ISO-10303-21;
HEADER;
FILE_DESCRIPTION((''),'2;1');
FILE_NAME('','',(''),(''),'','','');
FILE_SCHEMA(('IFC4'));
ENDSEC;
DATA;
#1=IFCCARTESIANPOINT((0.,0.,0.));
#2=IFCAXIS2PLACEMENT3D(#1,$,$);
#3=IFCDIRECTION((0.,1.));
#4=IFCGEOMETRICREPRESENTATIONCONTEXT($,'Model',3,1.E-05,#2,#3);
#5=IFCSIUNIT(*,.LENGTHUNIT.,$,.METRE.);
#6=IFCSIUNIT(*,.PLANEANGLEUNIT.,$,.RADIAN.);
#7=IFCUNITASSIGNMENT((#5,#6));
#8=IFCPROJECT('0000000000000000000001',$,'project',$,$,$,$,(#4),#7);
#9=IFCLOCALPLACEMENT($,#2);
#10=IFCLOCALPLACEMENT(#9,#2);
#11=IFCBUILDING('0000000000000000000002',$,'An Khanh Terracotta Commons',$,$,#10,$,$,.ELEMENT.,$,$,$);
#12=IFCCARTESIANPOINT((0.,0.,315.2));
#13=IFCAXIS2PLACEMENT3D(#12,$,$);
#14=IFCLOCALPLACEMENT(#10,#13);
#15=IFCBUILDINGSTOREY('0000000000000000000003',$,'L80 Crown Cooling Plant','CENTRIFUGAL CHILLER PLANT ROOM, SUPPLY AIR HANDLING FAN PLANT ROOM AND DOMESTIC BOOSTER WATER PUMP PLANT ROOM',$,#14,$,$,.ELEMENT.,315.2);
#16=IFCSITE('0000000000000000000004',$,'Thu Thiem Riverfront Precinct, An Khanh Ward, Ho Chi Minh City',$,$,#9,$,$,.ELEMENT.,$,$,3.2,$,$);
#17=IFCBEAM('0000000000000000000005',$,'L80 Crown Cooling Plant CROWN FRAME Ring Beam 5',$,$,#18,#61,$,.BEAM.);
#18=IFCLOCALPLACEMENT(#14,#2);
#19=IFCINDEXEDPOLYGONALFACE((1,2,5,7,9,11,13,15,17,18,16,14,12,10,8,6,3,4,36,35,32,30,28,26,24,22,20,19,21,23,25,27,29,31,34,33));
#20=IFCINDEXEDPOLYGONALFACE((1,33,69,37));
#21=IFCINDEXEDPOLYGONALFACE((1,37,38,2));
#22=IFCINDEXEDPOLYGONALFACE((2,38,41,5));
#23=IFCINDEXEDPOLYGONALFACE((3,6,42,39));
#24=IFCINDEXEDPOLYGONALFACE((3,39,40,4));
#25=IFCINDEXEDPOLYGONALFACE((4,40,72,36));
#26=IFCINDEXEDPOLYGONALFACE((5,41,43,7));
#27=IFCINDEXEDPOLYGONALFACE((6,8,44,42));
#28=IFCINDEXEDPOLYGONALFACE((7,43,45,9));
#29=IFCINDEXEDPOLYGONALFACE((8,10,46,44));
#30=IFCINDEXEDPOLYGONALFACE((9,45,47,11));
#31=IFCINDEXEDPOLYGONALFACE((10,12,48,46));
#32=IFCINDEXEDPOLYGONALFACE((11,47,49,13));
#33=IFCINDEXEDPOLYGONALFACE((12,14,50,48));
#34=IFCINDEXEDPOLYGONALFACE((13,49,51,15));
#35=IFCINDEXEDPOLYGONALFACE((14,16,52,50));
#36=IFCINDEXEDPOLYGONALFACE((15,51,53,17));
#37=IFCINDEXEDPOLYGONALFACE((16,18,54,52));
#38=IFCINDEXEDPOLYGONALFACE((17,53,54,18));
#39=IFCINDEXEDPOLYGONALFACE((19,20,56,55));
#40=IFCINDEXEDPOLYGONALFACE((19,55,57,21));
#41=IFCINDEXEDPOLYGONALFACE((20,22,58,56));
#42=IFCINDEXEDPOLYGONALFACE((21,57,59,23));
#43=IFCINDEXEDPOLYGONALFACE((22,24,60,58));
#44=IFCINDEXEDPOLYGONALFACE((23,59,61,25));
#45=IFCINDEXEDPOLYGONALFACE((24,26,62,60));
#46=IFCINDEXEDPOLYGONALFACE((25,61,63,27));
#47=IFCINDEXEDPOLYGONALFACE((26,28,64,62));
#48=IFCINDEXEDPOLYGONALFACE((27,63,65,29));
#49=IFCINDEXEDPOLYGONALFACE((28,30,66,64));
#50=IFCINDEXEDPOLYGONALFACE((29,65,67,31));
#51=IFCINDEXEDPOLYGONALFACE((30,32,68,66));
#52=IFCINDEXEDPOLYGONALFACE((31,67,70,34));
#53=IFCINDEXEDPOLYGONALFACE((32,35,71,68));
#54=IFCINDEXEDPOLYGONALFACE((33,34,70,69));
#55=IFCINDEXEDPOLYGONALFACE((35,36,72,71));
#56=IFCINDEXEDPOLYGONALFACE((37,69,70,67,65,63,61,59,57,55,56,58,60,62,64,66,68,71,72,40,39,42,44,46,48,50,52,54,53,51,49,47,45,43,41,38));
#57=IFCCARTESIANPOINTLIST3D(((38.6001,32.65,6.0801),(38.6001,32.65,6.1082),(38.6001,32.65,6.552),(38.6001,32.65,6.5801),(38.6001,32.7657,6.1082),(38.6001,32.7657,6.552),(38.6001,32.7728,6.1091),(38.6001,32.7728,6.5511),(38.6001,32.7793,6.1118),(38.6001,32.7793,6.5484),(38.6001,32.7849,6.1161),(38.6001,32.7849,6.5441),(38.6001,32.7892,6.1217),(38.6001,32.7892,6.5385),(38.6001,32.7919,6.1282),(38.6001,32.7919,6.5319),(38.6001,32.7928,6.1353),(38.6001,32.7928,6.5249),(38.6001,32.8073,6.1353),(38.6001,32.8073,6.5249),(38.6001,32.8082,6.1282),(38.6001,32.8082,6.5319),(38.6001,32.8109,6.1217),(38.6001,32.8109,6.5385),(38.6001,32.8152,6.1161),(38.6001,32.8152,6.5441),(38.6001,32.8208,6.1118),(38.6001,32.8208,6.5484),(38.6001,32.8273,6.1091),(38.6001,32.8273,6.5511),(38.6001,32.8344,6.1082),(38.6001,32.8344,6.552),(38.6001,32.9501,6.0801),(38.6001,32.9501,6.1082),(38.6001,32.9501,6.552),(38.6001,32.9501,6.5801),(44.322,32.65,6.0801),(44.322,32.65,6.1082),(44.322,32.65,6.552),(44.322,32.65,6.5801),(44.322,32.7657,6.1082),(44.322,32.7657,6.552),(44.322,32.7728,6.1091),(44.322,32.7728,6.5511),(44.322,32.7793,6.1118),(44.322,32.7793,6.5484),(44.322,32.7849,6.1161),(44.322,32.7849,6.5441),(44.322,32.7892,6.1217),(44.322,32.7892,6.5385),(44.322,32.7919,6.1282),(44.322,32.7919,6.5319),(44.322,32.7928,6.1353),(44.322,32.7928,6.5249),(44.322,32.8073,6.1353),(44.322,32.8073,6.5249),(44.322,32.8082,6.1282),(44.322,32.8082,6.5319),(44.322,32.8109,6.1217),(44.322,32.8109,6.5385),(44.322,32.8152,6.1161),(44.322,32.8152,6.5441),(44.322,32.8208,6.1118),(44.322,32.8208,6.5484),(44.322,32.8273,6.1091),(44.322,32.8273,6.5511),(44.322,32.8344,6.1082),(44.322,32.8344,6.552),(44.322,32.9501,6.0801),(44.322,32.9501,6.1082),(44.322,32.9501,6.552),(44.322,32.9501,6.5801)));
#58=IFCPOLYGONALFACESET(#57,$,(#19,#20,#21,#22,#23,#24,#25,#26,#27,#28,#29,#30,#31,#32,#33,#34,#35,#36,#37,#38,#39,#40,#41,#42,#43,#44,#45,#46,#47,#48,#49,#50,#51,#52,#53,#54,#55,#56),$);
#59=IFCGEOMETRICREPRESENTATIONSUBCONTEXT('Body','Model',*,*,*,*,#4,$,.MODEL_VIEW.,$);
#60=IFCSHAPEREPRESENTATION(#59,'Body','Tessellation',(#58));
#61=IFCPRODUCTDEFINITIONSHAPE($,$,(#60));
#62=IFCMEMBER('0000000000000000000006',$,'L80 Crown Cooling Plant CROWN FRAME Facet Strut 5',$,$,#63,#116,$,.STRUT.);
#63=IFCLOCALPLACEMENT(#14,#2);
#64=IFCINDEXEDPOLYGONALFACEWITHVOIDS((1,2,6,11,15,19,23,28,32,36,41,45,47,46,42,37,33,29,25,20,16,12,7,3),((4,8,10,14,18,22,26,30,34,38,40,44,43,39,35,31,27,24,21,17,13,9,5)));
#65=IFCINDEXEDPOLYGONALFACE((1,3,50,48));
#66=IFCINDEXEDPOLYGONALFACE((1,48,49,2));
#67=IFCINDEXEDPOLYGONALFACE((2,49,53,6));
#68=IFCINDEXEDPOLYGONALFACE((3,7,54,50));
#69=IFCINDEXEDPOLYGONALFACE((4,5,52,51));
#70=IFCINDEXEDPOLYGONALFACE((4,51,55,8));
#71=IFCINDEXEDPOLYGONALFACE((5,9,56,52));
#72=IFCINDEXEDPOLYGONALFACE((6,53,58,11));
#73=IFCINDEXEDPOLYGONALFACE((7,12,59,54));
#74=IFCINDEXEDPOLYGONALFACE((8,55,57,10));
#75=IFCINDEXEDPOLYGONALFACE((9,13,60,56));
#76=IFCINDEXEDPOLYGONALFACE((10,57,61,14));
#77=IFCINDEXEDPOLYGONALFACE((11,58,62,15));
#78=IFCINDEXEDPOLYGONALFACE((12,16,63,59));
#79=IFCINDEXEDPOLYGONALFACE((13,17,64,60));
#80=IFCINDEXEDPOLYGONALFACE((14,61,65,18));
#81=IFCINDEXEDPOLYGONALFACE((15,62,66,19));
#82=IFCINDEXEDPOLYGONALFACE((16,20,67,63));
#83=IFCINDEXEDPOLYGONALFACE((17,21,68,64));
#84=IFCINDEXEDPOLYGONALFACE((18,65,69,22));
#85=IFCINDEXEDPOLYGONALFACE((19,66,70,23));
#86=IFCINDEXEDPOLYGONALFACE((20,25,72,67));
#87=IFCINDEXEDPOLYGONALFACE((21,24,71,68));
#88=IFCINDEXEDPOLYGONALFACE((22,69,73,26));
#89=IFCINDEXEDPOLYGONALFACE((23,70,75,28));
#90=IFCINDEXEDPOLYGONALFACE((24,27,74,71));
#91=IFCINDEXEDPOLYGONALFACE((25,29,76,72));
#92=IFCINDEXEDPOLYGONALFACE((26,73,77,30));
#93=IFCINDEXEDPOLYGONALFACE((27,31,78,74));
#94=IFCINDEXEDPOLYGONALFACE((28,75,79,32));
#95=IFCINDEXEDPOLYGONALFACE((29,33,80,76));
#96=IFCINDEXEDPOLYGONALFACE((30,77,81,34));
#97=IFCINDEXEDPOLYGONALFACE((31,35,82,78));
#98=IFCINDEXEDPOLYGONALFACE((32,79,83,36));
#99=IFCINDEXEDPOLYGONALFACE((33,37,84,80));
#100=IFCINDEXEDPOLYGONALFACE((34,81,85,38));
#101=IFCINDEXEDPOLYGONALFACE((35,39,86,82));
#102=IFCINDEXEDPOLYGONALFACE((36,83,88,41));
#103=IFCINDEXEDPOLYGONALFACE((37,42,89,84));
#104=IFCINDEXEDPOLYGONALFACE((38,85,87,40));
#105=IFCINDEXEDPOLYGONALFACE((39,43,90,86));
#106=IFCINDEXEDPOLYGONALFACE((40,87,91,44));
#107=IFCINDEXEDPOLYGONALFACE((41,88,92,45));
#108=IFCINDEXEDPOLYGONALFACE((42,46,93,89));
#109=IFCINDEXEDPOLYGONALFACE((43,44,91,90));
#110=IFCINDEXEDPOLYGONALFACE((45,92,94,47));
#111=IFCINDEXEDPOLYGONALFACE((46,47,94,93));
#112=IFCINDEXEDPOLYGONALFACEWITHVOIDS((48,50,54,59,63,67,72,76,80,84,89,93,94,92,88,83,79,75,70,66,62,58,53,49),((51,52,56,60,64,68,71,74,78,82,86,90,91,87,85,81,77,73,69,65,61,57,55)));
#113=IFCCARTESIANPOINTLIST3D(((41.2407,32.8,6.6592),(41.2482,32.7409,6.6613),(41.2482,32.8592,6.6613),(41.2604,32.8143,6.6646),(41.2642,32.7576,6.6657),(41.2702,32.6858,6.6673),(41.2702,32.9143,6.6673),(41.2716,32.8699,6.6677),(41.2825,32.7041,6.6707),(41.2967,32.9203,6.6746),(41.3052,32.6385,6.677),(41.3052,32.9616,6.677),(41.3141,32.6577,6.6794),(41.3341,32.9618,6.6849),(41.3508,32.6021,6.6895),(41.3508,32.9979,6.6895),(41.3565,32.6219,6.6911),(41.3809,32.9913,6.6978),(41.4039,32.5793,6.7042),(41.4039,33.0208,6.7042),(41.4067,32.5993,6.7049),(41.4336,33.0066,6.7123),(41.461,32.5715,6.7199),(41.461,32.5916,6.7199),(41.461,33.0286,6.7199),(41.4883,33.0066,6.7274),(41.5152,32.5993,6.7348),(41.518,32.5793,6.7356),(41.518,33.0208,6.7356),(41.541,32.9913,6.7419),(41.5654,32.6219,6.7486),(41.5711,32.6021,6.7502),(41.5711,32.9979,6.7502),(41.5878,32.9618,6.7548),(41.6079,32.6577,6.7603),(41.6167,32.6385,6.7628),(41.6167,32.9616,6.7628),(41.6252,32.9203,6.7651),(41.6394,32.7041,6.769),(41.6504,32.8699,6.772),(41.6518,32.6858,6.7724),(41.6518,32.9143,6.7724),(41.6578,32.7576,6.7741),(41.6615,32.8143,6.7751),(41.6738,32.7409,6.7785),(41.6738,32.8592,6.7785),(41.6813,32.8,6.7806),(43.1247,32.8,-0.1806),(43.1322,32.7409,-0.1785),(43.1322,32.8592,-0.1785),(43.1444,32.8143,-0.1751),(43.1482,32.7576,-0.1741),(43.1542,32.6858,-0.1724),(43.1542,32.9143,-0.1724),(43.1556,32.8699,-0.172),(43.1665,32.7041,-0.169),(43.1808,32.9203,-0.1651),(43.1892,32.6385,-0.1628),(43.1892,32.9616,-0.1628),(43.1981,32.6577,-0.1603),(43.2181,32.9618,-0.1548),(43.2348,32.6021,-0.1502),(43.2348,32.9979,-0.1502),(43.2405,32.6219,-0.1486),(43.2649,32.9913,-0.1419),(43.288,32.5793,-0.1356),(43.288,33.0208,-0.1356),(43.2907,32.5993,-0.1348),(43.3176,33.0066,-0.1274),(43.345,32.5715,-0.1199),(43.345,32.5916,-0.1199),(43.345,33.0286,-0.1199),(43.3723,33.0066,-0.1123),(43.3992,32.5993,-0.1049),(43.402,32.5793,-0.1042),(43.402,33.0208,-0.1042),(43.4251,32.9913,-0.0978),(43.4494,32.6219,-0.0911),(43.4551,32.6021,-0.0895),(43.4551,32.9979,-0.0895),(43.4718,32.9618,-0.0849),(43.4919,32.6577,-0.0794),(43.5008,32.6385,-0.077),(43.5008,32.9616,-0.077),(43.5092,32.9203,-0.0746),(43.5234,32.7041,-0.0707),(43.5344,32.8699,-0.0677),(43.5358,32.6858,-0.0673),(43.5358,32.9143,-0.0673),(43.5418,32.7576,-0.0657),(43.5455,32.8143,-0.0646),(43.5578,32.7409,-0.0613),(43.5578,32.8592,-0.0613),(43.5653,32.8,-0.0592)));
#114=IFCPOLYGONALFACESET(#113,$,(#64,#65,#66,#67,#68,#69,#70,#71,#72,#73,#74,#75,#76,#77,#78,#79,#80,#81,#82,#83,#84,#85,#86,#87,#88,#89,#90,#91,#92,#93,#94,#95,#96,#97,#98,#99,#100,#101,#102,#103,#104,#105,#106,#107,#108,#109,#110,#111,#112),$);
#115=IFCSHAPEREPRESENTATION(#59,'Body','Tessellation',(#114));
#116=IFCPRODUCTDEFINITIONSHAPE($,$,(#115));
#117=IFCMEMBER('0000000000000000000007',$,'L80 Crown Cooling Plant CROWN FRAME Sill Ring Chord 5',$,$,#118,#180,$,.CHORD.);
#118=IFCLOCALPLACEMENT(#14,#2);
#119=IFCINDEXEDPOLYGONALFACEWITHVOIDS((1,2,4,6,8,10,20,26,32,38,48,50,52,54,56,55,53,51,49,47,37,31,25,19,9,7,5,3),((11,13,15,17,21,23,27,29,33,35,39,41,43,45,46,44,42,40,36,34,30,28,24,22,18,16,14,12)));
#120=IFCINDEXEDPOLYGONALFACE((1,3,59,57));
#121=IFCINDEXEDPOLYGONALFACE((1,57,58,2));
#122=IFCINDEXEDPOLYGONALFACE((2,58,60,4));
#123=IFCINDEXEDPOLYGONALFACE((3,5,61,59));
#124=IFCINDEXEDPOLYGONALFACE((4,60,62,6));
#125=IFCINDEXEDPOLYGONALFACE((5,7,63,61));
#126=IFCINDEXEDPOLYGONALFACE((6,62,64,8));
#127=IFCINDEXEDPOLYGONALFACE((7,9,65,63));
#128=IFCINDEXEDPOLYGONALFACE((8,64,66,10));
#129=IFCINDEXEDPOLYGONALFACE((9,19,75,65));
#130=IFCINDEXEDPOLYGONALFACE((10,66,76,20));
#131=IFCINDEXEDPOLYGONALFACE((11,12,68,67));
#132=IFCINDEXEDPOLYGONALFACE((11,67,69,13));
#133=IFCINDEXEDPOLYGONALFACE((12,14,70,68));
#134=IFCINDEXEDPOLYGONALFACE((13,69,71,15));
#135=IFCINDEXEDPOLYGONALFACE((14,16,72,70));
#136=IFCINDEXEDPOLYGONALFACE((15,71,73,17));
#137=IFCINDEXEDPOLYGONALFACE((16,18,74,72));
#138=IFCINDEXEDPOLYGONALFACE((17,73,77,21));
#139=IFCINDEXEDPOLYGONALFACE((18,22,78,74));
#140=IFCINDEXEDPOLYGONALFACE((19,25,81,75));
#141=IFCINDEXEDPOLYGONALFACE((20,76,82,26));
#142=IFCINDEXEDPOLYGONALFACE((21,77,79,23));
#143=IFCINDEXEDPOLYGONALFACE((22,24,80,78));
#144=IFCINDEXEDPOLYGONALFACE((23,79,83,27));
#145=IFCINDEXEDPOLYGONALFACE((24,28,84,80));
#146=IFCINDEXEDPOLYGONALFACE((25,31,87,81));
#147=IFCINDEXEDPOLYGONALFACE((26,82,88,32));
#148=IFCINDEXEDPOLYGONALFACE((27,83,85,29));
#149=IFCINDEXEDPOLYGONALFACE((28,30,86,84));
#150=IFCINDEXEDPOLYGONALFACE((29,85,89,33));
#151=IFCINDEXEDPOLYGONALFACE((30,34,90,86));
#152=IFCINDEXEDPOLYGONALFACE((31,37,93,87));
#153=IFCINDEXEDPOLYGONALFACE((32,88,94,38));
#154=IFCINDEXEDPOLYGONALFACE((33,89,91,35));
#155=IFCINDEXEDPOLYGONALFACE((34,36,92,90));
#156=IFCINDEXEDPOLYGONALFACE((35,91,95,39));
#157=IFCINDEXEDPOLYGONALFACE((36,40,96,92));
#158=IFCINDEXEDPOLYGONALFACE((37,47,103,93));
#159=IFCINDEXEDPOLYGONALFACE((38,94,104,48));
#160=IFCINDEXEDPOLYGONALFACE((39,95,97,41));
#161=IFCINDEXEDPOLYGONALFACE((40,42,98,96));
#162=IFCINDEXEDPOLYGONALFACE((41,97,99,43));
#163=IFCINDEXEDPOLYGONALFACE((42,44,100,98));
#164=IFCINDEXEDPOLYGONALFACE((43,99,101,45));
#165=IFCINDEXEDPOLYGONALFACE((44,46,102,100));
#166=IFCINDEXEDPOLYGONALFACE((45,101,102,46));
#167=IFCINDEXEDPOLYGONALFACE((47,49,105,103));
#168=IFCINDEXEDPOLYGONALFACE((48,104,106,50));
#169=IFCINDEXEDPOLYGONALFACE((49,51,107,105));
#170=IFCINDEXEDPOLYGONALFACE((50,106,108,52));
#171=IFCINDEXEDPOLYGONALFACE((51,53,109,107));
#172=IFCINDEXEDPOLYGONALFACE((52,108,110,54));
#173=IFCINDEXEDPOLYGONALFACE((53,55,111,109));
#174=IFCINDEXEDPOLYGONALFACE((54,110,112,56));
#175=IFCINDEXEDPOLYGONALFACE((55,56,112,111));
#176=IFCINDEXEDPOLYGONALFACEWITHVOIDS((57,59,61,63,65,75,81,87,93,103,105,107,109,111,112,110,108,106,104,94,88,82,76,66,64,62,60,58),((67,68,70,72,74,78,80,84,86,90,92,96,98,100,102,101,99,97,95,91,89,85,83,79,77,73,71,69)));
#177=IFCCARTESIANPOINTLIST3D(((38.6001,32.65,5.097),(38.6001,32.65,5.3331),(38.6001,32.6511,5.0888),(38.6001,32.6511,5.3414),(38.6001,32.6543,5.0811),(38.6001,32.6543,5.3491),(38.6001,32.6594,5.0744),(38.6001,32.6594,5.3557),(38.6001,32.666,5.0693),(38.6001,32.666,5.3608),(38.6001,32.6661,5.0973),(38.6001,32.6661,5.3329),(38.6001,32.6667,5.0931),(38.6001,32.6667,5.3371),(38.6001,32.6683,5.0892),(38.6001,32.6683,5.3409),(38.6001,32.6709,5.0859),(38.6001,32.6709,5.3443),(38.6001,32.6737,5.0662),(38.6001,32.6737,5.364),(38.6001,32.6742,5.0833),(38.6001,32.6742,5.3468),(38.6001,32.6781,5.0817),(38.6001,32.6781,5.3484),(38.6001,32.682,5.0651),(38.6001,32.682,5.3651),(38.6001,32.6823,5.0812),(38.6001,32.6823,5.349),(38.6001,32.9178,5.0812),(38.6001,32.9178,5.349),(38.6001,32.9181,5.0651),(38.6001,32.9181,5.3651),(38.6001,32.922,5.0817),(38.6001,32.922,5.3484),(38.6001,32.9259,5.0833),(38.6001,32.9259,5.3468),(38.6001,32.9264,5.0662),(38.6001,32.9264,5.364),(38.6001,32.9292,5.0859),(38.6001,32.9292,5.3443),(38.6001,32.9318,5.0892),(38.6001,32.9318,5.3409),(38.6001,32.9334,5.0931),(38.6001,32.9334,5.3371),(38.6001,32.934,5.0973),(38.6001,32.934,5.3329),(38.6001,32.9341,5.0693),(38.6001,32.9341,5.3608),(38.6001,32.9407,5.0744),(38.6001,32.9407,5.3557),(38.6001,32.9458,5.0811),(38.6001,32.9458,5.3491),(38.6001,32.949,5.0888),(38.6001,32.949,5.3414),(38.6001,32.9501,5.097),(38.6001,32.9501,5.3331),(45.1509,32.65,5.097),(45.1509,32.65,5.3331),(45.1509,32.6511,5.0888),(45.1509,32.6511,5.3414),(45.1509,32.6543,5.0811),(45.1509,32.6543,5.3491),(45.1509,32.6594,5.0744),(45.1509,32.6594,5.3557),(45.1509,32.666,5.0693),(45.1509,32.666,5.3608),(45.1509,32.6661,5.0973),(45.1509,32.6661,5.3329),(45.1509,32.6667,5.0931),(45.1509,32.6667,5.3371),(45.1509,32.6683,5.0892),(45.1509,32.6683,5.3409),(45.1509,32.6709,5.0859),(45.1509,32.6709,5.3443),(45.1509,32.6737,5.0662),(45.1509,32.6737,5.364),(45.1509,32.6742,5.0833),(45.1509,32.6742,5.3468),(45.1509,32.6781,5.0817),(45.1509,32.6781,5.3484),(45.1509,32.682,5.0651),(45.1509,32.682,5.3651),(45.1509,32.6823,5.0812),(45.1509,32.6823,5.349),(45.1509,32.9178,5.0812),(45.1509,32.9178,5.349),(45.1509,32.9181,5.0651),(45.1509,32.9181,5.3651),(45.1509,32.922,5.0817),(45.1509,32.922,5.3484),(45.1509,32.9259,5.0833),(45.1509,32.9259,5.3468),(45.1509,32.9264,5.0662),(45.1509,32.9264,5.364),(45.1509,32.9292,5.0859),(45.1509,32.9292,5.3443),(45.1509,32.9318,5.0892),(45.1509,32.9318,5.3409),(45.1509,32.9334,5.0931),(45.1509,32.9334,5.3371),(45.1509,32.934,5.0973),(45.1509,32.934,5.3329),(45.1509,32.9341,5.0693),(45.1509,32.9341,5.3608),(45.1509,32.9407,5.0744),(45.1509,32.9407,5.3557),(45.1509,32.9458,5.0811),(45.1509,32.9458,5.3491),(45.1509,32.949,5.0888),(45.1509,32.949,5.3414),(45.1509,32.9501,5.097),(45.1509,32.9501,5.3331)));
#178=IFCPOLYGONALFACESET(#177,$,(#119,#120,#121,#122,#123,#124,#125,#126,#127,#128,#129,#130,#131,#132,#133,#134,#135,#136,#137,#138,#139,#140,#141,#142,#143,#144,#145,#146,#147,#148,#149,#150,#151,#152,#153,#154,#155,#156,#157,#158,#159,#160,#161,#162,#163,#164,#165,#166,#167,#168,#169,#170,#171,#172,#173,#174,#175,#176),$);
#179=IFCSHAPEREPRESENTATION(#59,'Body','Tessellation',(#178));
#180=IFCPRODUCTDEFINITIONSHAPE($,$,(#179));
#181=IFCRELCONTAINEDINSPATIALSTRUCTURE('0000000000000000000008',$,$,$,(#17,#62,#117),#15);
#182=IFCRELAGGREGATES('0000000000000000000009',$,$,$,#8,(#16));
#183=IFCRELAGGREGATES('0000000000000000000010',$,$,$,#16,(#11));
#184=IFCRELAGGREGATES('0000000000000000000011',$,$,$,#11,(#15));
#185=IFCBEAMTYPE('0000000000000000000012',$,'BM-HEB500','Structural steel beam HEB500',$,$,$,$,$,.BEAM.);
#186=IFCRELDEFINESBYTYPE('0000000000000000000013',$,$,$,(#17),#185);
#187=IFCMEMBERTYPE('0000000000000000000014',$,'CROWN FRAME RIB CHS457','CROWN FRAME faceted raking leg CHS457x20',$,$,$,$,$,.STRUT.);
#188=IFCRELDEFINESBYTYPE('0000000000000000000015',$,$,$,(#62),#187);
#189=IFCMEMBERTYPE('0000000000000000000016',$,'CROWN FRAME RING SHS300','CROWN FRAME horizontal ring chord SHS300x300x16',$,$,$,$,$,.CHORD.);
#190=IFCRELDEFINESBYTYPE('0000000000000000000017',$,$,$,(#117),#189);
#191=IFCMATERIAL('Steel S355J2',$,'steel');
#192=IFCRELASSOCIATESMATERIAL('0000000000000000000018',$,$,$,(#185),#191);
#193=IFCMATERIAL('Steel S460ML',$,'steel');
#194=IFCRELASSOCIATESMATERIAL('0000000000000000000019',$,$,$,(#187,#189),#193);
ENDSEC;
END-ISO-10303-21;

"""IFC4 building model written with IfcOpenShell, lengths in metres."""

from ifc_helpers import new_model, si_unit, direction, frame, origin, origin_2d, place, context, subcontext, project, spatial, hollow_rectangle, hollow_circle, i_section, extrude, material, material_profile, profile_set, type_object, element, save


model = new_model("IFC4")

# Units and contexts
model_context = context("Model", 3, precision=1e-05, world=origin(), true_north=direction((0.0, 1.0)))
body_context = subcontext(model_context, "Body", "Model", "MODEL_VIEW")
ifc_project = project(units=[si_unit("LENGTHUNIT", "METRE"), si_unit("PLANEANGLEUNIT", "RADIAN")], contexts=[model_context])

# Site, building, storey
site_placement = place(None, origin())
site = spatial("IfcSite", under=ifc_project, at=site_placement, Name="Thu Thiem Riverfront Precinct, An Khanh Ward, Ho Chi Minh City", CompositionType="ELEMENT", RefElevation=3.2)
building_placement = place(site_placement, origin())
building = spatial("IfcBuilding", under=site, at=building_placement, Name="An Khanh Terracotta Commons", CompositionType="ELEMENT")
storey_placement = place(building_placement, frame((0.0, 0.0, 315.2)))
storey = spatial("IfcBuildingStorey", under=building, at=storey_placement, Name="L80 Crown Cooling Plant", Description="CENTRIFUGAL CHILLER PLANT ROOM, SUPPLY AIR HANDLING FAN PLANT ROOM AND DOMESTIC BOOSTER WATER PUMP PLANT ROOM", CompositionType="ELEMENT", Elevation=315.2)

# Beam
ifc_material_1 = material(Name="Steel S355J2", Category="steel")
ifc_material_profile_1 = material_profile(ifc_material_1, i_section(OverallWidth=0.3, OverallDepth=0.5, WebThickness=0.0144, FlangeThickness=0.0281, FilletRadius=0.0271, at=origin_2d()), Name="HEB500")
ifc_profile_set_1 = profile_set([ifc_material_profile_1], Name="Steel S355J2")
beam_type = type_object("IfcBeamType", Name="BM-HEB500", Description="Structural steel beam HEB500", PredefinedType="BEAM", material=ifc_profile_set_1)
beam_placement = place(storey_placement, frame((44.322, 32.8, 6.3301), z_axis=(-1.0, 0.0, 0.0), x_axis=(0.0, -1.0, 0.0)))
element("IfcBeam", 1, at=beam_placement, inside=storey, type_object=beam_type, Name="L80 Crown Cooling Plant CROWN FRAME Ring Beam 5", PredefinedType="BEAM", context=body_context, shape_type="SweptSolid", body=[
    extrude(i_section(OverallWidth=0.3, OverallDepth=0.5, WebThickness=0.0144, FlangeThickness=0.0281, FilletRadius=0.0271, at=origin_2d()), origin(), (0.0, 0.0, 1.0), 5.7219),
])

# Members
ifc_material_2 = material(Name="Steel S460ML", Category="steel")
ifc_material_profile_2 = material_profile(ifc_material_2, hollow_circle(Radius=0.2285, WallThickness=0.02, at=origin_2d()), Name="CHS457x20")
ifc_profile_set_2 = profile_set([ifc_material_profile_2], Name="Steel S460ML")
member_type_1 = type_object("IfcMemberType", Name="CROWN FRAME RIB CHS457", Description="CROWN FRAME faceted raking leg CHS457x20", PredefinedType="STRUT", material=ifc_profile_set_2)
member_1_placement = place(storey_placement, frame((43.345, 32.8, -0.1199), z_axis=(-0.26556, 0.0, 0.964094), x_axis=(0.0, -1.0, 0.0)))
element("IfcMember", 2, at=member_1_placement, inside=storey, type_object=member_type_1, Name="L80 Crown Cooling Plant CROWN FRAME Facet Strut 5", PredefinedType="STRUT", context=body_context, shape_type="SweptSolid", body=[
    extrude(hollow_circle(Radius=0.2285, WallThickness=0.02, at=origin_2d()), origin(), (0.0, 0.0, 1.0), 7.0945),
])
ifc_material_profile_3 = material_profile(ifc_material_2, hollow_rectangle(XDim=0.3, YDim=0.3, WallThickness=0.0161, InnerFilletRadius=0.0161, OuterFilletRadius=0.032, at=origin_2d()), Name="SHS300x300x16")
ifc_profile_set_3 = profile_set([ifc_material_profile_3], Name="Steel S460ML")
member_type_2 = type_object("IfcMemberType", Name="CROWN FRAME RING SHS300", Description="CROWN FRAME horizontal ring chord SHS300x300x16", PredefinedType="CHORD", material=ifc_profile_set_3)
member_2_placement = place(storey_placement, frame((45.1509, 32.8, 5.2151), z_axis=(-1.0, 0.0, 0.0), x_axis=(0.0, -1.0, 0.0)))
element("IfcMember", 3, at=member_2_placement, inside=storey, type_object=member_type_2, Name="L80 Crown Cooling Plant CROWN FRAME Sill Ring Chord 5", PredefinedType="CHORD", context=body_context, shape_type="SweptSolid", body=[
    extrude(hollow_rectangle(XDim=0.3, YDim=0.3, WallThickness=0.0161, InnerFilletRadius=0.0161, OuterFilletRadius=0.032, at=origin_2d()), origin(), (0.0, 0.0, 1.0), 6.5508),
])

save(model, "model.ifc")
